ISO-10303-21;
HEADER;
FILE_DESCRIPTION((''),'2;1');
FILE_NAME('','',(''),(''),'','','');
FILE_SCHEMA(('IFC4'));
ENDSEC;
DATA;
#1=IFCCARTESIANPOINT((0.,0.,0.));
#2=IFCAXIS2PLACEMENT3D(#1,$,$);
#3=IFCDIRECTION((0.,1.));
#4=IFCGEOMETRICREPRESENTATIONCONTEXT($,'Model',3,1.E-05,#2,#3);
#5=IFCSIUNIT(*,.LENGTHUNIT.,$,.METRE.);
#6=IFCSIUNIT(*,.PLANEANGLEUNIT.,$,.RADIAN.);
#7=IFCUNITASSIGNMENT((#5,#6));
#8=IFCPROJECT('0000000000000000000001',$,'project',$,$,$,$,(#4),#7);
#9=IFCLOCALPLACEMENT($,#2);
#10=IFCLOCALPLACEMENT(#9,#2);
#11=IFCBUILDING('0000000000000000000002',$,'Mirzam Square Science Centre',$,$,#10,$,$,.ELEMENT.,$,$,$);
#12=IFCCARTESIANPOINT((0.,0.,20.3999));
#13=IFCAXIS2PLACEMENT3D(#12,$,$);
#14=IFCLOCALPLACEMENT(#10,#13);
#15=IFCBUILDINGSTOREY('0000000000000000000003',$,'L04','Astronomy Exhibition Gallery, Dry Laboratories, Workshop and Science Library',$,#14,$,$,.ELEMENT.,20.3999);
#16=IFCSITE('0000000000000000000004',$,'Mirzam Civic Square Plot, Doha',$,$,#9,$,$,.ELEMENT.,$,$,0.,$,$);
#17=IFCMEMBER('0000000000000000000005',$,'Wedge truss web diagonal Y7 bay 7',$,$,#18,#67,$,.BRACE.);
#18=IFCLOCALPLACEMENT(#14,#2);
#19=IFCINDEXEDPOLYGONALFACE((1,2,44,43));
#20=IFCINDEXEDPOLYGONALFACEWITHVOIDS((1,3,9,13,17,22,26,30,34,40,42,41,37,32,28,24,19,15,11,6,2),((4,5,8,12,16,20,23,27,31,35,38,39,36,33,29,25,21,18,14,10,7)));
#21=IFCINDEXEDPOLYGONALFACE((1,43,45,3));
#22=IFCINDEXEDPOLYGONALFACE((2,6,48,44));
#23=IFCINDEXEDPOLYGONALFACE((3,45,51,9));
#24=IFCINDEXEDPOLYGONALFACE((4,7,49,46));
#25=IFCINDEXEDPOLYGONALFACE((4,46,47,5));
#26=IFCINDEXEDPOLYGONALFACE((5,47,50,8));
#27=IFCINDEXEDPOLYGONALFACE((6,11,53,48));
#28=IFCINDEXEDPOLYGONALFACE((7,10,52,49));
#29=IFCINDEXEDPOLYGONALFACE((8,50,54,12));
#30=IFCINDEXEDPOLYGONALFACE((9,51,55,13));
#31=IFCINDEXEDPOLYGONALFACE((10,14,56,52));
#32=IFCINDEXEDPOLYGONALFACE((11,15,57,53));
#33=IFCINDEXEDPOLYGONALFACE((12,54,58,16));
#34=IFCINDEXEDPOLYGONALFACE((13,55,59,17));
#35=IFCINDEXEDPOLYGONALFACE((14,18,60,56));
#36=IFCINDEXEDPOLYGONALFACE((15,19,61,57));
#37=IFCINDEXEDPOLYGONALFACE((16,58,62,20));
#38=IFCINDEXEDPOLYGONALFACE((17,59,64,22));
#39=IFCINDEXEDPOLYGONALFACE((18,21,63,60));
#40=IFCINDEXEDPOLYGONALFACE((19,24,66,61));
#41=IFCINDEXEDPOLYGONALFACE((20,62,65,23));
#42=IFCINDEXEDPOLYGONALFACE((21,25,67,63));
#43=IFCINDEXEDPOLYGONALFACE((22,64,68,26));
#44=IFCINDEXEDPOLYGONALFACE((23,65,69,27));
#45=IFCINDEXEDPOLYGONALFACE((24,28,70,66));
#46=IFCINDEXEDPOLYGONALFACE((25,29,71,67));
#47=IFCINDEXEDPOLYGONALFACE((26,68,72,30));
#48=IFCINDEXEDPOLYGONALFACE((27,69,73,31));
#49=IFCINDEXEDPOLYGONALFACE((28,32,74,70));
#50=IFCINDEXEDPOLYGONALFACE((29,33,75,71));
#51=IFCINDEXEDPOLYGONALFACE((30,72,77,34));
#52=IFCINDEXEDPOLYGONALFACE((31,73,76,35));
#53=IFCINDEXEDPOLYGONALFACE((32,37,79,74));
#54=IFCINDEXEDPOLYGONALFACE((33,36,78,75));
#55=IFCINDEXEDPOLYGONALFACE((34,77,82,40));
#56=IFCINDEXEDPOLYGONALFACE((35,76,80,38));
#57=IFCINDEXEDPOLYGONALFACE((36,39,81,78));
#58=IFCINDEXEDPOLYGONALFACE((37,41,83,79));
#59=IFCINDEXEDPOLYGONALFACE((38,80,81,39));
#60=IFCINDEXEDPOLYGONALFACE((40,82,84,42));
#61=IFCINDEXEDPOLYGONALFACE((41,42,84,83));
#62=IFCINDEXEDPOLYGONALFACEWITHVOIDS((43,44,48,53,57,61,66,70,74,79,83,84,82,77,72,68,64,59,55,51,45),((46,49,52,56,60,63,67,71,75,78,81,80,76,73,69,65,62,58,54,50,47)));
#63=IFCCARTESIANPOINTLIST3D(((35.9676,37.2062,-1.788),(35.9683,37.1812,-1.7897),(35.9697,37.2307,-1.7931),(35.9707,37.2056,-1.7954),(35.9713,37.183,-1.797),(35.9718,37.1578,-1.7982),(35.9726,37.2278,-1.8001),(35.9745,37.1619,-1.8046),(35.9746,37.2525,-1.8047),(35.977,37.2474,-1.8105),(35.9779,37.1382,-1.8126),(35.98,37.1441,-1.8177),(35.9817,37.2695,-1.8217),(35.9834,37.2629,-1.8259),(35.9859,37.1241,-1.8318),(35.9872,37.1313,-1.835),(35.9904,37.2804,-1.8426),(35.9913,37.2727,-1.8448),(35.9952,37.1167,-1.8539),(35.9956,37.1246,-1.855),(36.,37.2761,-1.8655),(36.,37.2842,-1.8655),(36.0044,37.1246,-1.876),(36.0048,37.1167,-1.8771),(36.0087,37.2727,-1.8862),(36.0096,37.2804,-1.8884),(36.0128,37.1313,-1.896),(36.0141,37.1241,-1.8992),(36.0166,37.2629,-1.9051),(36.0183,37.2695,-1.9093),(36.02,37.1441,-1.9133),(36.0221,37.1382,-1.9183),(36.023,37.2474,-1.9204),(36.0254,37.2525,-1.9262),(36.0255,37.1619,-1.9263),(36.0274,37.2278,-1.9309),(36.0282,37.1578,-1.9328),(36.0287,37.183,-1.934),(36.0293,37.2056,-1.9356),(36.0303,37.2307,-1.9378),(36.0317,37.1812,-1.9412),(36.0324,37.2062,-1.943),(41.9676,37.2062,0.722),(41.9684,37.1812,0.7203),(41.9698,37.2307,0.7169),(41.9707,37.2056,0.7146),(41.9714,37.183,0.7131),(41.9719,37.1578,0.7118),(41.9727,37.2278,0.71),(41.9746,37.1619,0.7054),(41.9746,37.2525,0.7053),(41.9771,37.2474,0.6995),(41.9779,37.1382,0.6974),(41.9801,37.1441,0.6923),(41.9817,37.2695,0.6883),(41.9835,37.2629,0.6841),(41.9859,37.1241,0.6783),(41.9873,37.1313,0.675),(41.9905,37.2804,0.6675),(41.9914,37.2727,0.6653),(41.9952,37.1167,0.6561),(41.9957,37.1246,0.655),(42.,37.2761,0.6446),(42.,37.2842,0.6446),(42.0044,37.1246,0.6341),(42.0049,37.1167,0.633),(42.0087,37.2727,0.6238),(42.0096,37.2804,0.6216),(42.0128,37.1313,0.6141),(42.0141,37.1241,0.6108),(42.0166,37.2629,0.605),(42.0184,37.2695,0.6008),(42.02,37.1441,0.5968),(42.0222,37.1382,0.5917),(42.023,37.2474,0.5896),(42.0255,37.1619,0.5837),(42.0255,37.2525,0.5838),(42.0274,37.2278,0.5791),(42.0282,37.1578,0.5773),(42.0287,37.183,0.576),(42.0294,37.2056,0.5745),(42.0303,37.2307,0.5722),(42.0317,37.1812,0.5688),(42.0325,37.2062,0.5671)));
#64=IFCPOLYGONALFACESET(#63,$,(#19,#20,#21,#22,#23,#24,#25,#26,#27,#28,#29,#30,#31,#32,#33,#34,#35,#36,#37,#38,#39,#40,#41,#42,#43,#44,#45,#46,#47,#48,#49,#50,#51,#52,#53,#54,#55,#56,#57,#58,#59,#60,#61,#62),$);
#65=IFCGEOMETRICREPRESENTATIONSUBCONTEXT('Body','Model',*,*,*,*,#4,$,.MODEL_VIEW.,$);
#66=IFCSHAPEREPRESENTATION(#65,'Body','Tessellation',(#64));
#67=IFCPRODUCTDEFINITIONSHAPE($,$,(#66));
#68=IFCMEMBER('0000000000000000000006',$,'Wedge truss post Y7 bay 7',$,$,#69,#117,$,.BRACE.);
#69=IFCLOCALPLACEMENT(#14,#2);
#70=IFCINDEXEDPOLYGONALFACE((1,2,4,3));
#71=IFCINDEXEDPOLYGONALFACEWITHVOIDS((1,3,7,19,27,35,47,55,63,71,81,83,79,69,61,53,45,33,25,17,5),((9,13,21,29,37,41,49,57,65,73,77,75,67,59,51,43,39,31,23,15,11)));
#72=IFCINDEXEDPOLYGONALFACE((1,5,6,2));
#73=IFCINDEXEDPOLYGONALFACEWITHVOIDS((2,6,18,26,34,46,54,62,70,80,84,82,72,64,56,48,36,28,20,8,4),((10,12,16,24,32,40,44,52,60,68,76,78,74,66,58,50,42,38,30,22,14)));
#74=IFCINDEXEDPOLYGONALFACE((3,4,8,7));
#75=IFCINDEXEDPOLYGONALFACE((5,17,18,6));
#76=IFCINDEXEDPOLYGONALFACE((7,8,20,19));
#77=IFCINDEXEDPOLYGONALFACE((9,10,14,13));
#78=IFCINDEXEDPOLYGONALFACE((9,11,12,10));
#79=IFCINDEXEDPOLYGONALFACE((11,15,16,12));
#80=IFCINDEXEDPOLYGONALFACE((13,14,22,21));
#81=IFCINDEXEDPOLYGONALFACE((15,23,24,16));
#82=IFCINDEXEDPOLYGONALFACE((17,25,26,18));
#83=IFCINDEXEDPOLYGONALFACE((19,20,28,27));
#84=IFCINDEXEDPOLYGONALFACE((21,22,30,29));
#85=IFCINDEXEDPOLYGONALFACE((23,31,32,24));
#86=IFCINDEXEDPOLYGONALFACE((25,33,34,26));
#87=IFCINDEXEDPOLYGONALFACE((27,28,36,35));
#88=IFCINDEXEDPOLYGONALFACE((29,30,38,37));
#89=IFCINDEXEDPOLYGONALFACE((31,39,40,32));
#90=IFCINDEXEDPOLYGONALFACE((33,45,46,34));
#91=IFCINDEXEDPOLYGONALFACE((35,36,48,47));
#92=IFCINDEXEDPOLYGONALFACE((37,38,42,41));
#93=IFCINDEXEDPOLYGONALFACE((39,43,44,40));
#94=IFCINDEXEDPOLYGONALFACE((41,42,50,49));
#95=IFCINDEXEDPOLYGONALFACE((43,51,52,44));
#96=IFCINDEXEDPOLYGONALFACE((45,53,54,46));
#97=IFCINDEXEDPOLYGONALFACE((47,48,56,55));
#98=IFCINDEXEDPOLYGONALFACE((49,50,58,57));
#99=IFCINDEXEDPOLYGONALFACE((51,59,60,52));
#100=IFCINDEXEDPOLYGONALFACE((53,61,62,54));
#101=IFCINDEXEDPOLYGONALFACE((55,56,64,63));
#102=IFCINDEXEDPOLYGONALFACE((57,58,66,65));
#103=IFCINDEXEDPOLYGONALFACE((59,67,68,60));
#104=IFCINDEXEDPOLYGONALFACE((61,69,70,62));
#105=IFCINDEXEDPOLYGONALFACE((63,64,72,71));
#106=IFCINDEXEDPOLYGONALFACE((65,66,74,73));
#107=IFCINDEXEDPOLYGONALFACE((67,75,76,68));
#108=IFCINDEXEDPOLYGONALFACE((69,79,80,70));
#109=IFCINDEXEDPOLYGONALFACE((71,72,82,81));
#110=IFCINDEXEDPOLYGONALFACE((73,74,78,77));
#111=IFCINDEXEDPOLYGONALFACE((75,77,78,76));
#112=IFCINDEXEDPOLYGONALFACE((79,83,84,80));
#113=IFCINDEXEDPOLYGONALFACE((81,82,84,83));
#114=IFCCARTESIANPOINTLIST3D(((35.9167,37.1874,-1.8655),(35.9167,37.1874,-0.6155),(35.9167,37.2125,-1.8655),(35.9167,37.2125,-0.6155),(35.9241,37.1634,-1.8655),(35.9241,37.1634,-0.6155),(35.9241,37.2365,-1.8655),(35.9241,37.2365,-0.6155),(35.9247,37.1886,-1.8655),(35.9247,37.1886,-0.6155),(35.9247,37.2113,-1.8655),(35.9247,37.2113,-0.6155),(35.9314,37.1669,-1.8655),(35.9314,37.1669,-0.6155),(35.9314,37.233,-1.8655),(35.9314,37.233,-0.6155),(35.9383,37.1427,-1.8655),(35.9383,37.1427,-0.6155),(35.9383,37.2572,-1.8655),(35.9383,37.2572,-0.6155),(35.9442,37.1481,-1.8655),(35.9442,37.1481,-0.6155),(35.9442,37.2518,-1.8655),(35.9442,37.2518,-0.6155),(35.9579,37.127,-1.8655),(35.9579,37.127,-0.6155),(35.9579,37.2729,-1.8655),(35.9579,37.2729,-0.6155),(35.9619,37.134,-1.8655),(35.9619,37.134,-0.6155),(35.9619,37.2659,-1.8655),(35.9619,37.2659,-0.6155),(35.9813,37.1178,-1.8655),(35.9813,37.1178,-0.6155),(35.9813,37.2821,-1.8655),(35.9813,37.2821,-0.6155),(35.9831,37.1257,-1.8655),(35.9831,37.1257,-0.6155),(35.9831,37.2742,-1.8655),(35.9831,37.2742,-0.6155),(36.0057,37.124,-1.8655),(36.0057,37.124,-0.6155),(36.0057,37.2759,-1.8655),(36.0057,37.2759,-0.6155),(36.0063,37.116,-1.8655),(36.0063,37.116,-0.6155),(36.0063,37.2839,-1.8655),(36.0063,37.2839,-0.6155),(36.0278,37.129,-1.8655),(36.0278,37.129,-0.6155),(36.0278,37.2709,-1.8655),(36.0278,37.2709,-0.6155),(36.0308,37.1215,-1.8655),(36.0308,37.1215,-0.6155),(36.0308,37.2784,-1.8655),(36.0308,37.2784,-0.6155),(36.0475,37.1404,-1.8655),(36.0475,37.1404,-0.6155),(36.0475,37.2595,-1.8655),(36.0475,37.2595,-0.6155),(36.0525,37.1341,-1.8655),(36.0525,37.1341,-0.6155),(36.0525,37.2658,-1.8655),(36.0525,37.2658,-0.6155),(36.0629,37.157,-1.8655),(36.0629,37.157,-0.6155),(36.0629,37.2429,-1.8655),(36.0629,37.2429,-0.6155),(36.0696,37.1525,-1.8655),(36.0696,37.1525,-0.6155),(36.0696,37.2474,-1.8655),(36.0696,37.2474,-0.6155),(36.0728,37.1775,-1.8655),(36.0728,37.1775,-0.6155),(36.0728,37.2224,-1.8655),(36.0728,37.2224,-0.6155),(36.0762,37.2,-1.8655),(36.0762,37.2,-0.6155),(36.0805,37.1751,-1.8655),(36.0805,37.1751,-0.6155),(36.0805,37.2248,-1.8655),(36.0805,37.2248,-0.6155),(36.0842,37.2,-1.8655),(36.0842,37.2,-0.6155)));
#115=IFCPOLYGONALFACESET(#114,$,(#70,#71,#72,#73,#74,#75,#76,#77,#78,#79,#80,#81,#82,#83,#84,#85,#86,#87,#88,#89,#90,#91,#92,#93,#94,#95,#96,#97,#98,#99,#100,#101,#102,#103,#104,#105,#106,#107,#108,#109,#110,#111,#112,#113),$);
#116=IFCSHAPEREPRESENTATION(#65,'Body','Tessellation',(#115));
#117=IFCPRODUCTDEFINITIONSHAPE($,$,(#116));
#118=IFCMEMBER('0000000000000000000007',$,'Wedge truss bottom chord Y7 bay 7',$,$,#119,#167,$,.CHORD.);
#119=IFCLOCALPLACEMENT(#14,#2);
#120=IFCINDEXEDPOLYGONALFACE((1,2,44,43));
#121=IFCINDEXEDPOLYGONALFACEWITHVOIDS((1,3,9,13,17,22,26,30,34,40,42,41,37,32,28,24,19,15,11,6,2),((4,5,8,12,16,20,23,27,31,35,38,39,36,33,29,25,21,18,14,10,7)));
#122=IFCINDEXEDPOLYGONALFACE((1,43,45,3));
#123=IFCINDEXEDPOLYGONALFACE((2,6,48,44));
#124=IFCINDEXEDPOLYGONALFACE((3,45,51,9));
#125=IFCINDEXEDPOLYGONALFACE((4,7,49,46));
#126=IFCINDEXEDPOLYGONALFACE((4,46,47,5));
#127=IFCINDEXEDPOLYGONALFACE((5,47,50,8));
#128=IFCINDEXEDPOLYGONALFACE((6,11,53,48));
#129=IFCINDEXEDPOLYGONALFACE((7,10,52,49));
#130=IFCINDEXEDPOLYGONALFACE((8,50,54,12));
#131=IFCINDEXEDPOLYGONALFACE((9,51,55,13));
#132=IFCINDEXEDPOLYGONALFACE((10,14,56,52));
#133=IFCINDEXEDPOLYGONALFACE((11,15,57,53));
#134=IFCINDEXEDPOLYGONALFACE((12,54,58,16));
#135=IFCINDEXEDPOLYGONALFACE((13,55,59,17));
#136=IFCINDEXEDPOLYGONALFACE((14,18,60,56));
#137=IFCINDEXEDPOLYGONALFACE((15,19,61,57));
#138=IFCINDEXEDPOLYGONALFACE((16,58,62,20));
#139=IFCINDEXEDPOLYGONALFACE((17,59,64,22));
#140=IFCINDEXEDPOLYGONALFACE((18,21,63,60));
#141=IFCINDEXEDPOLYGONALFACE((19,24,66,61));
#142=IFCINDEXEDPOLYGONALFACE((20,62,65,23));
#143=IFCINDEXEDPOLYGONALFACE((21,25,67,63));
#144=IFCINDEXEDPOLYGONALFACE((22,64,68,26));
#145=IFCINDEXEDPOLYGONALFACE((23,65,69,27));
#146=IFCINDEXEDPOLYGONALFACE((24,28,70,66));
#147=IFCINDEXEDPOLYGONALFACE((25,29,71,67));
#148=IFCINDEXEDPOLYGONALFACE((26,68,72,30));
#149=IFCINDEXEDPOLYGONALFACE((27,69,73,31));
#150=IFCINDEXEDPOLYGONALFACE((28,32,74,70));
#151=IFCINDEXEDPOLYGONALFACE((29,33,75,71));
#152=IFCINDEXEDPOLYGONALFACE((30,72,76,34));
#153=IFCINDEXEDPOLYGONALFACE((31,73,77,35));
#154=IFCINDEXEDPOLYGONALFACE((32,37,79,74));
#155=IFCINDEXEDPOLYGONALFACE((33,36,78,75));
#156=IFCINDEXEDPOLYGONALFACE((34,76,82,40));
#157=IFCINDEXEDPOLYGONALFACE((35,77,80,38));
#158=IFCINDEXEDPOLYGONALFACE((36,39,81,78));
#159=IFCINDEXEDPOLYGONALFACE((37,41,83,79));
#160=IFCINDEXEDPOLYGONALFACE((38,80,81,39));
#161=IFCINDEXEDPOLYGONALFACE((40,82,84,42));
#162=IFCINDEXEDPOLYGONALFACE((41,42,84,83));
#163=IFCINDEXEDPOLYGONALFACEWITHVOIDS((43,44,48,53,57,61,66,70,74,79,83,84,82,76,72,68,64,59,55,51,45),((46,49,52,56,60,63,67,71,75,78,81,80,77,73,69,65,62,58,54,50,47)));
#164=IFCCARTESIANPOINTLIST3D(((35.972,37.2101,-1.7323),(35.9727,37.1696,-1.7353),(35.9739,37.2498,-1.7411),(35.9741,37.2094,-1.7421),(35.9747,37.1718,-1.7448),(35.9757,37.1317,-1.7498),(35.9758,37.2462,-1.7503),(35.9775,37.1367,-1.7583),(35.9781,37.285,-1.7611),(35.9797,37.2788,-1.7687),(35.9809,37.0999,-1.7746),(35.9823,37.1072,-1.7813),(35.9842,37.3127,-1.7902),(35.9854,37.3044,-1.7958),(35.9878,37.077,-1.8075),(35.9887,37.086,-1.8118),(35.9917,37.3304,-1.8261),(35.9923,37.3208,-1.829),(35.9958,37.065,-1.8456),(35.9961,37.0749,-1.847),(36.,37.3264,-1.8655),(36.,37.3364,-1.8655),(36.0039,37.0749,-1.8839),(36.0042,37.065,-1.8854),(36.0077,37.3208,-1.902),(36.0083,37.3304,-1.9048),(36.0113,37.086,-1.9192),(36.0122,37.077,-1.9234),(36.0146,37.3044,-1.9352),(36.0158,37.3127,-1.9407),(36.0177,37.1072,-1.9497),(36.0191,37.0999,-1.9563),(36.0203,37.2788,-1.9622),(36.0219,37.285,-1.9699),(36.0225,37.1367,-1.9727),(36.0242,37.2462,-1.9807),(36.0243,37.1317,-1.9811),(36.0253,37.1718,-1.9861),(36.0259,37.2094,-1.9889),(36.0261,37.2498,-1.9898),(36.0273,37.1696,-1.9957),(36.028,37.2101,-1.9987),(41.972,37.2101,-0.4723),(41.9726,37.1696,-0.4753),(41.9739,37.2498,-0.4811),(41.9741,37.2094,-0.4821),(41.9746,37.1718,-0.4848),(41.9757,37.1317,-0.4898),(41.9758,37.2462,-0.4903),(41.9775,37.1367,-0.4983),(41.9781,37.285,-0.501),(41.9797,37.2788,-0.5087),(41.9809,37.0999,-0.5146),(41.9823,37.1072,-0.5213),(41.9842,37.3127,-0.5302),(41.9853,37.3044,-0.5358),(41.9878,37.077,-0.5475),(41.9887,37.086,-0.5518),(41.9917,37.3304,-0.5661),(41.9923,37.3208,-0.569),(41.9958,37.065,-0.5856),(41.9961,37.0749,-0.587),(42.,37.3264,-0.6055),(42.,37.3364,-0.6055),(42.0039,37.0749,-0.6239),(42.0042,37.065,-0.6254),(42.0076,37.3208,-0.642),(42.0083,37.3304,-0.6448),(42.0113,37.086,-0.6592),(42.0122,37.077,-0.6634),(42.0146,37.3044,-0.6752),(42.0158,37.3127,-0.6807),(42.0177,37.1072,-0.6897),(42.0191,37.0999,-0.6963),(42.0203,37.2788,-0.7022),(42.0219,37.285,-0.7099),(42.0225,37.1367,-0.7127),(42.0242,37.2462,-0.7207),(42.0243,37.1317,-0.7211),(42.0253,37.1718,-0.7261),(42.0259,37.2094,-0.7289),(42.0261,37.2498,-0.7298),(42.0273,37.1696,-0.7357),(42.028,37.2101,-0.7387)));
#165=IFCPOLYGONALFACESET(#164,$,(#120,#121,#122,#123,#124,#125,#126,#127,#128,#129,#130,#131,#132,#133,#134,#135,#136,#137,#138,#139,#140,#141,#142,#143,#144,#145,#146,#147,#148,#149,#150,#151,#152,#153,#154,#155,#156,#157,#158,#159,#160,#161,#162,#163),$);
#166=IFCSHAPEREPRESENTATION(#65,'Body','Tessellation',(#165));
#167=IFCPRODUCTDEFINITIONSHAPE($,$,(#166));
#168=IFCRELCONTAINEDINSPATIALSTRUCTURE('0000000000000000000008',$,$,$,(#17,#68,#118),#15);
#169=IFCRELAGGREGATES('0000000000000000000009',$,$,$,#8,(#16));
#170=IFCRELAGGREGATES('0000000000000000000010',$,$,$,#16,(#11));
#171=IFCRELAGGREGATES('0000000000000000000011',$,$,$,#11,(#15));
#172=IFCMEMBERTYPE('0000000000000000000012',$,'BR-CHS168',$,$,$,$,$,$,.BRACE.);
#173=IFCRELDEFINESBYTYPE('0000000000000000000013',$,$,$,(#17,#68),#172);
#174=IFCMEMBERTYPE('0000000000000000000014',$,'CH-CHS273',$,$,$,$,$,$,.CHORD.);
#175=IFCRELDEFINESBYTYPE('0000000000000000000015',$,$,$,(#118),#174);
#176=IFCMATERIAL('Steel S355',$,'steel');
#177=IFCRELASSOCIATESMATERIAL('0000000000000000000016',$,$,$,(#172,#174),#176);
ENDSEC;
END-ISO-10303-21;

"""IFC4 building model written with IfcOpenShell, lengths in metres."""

from ifc_helpers import new_model, si_unit, direction, frame, origin, origin_2d, place, context, subcontext, project, spatial, hollow_circle, extrude, material, material_profile, profile_set, type_object, element, save


model = new_model("IFC4")

# Units and contexts
model_context = context("Model", 3, precision=1e-05, world=origin(), true_north=direction((0.0, 1.0)))
body_context = subcontext(model_context, "Body", "Model", "MODEL_VIEW")
ifc_project = project(units=[si_unit("LENGTHUNIT", "METRE"), si_unit("PLANEANGLEUNIT", "RADIAN")], contexts=[model_context])

# Site, building, storey
site_placement = place(None, origin())
site = spatial("IfcSite", under=ifc_project, at=site_placement, Name="Mirzam Civic Square Plot, Doha", CompositionType="ELEMENT", RefElevation=0.0)
building_placement = place(site_placement, origin())
building = spatial("IfcBuilding", under=site, at=building_placement, Name="Mirzam Square Science Centre", CompositionType="ELEMENT")
storey_placement = place(building_placement, frame((0.0, 0.0, 20.3999)))
storey = spatial("IfcBuildingStorey", under=building, at=storey_placement, Name="L04", Description="Astronomy Exhibition Gallery, Dry Laboratories, Workshop and Science Library", CompositionType="ELEMENT", Elevation=20.3999)

# Members
ifc_material_1 = material(Name="Steel S355", Category="steel")
ifc_material_profile_1 = material_profile(ifc_material_1, hollow_circle(Radius=0.0842, WallThickness=0.0081, at=origin_2d()), Name="168.3x8.0CHS")
ifc_profile_set_1 = profile_set([ifc_material_profile_1], Name="Steel S355")
member_type_1 = type_object("IfcMemberType", Name="BR-CHS168", PredefinedType="BRACE", material=ifc_profile_set_1)
member_1_placement = place(storey_placement, frame((36.0, 37.2, -1.8655), z_axis=(0.92253, 0.0, 0.385926), x_axis=(0.0, 1.0, 0.0)))
element("IfcMember", 1, at=member_1_placement, inside=storey, type_object=member_type_1, Name="Wedge truss web diagonal Y7 bay 7", PredefinedType="BRACE", context=body_context, shape_type="SweptSolid", body=[
    extrude(hollow_circle(Radius=0.0842, WallThickness=0.0081, at=origin_2d()), origin(), (0.0, 0.0, 1.0), 6.5039),
])
member_2_placement = place(storey_placement, frame((36.0, 37.2, -1.8655), z_axis=(0.0, 0.0, 1.0), x_axis=(1.0, 0.0, 0.0)))
element("IfcMember", 2, at=member_2_placement, inside=storey, type_object=member_type_1, Name="Wedge truss post Y7 bay 7", PredefinedType="BRACE", context=body_context, shape_type="SweptSolid", body=[
    extrude(hollow_circle(Radius=0.0842, WallThickness=0.0081, at=origin_2d()), origin(), (0.0, 0.0, 1.0), 1.25),
])
ifc_material_profile_2 = material_profile(ifc_material_1, hollow_circle(Radius=0.1365, WallThickness=0.01, at=origin_2d()), Name="273.0x10.0CHS")
ifc_profile_set_2 = profile_set([ifc_material_profile_2], Name="Steel S355")
member_type_2 = type_object("IfcMemberType", Name="CH-CHS273", PredefinedType="CHORD", material=ifc_profile_set_2)
member_3_placement = place(storey_placement, frame((36.0, 37.2, -1.8655), z_axis=(0.978653, 0.0, 0.205519), x_axis=(0.0, 1.0, 0.0)))
element("IfcMember", 3, at=member_3_placement, inside=storey, type_object=member_type_2, Name="Wedge truss bottom chord Y7 bay 7", PredefinedType="CHORD", context=body_context, shape_type="SweptSolid", body=[
    extrude(hollow_circle(Radius=0.1365, WallThickness=0.01, at=origin_2d()), origin(), (0.0, 0.0, 1.0), 6.1309),
])

save(model, "model.ifc")
